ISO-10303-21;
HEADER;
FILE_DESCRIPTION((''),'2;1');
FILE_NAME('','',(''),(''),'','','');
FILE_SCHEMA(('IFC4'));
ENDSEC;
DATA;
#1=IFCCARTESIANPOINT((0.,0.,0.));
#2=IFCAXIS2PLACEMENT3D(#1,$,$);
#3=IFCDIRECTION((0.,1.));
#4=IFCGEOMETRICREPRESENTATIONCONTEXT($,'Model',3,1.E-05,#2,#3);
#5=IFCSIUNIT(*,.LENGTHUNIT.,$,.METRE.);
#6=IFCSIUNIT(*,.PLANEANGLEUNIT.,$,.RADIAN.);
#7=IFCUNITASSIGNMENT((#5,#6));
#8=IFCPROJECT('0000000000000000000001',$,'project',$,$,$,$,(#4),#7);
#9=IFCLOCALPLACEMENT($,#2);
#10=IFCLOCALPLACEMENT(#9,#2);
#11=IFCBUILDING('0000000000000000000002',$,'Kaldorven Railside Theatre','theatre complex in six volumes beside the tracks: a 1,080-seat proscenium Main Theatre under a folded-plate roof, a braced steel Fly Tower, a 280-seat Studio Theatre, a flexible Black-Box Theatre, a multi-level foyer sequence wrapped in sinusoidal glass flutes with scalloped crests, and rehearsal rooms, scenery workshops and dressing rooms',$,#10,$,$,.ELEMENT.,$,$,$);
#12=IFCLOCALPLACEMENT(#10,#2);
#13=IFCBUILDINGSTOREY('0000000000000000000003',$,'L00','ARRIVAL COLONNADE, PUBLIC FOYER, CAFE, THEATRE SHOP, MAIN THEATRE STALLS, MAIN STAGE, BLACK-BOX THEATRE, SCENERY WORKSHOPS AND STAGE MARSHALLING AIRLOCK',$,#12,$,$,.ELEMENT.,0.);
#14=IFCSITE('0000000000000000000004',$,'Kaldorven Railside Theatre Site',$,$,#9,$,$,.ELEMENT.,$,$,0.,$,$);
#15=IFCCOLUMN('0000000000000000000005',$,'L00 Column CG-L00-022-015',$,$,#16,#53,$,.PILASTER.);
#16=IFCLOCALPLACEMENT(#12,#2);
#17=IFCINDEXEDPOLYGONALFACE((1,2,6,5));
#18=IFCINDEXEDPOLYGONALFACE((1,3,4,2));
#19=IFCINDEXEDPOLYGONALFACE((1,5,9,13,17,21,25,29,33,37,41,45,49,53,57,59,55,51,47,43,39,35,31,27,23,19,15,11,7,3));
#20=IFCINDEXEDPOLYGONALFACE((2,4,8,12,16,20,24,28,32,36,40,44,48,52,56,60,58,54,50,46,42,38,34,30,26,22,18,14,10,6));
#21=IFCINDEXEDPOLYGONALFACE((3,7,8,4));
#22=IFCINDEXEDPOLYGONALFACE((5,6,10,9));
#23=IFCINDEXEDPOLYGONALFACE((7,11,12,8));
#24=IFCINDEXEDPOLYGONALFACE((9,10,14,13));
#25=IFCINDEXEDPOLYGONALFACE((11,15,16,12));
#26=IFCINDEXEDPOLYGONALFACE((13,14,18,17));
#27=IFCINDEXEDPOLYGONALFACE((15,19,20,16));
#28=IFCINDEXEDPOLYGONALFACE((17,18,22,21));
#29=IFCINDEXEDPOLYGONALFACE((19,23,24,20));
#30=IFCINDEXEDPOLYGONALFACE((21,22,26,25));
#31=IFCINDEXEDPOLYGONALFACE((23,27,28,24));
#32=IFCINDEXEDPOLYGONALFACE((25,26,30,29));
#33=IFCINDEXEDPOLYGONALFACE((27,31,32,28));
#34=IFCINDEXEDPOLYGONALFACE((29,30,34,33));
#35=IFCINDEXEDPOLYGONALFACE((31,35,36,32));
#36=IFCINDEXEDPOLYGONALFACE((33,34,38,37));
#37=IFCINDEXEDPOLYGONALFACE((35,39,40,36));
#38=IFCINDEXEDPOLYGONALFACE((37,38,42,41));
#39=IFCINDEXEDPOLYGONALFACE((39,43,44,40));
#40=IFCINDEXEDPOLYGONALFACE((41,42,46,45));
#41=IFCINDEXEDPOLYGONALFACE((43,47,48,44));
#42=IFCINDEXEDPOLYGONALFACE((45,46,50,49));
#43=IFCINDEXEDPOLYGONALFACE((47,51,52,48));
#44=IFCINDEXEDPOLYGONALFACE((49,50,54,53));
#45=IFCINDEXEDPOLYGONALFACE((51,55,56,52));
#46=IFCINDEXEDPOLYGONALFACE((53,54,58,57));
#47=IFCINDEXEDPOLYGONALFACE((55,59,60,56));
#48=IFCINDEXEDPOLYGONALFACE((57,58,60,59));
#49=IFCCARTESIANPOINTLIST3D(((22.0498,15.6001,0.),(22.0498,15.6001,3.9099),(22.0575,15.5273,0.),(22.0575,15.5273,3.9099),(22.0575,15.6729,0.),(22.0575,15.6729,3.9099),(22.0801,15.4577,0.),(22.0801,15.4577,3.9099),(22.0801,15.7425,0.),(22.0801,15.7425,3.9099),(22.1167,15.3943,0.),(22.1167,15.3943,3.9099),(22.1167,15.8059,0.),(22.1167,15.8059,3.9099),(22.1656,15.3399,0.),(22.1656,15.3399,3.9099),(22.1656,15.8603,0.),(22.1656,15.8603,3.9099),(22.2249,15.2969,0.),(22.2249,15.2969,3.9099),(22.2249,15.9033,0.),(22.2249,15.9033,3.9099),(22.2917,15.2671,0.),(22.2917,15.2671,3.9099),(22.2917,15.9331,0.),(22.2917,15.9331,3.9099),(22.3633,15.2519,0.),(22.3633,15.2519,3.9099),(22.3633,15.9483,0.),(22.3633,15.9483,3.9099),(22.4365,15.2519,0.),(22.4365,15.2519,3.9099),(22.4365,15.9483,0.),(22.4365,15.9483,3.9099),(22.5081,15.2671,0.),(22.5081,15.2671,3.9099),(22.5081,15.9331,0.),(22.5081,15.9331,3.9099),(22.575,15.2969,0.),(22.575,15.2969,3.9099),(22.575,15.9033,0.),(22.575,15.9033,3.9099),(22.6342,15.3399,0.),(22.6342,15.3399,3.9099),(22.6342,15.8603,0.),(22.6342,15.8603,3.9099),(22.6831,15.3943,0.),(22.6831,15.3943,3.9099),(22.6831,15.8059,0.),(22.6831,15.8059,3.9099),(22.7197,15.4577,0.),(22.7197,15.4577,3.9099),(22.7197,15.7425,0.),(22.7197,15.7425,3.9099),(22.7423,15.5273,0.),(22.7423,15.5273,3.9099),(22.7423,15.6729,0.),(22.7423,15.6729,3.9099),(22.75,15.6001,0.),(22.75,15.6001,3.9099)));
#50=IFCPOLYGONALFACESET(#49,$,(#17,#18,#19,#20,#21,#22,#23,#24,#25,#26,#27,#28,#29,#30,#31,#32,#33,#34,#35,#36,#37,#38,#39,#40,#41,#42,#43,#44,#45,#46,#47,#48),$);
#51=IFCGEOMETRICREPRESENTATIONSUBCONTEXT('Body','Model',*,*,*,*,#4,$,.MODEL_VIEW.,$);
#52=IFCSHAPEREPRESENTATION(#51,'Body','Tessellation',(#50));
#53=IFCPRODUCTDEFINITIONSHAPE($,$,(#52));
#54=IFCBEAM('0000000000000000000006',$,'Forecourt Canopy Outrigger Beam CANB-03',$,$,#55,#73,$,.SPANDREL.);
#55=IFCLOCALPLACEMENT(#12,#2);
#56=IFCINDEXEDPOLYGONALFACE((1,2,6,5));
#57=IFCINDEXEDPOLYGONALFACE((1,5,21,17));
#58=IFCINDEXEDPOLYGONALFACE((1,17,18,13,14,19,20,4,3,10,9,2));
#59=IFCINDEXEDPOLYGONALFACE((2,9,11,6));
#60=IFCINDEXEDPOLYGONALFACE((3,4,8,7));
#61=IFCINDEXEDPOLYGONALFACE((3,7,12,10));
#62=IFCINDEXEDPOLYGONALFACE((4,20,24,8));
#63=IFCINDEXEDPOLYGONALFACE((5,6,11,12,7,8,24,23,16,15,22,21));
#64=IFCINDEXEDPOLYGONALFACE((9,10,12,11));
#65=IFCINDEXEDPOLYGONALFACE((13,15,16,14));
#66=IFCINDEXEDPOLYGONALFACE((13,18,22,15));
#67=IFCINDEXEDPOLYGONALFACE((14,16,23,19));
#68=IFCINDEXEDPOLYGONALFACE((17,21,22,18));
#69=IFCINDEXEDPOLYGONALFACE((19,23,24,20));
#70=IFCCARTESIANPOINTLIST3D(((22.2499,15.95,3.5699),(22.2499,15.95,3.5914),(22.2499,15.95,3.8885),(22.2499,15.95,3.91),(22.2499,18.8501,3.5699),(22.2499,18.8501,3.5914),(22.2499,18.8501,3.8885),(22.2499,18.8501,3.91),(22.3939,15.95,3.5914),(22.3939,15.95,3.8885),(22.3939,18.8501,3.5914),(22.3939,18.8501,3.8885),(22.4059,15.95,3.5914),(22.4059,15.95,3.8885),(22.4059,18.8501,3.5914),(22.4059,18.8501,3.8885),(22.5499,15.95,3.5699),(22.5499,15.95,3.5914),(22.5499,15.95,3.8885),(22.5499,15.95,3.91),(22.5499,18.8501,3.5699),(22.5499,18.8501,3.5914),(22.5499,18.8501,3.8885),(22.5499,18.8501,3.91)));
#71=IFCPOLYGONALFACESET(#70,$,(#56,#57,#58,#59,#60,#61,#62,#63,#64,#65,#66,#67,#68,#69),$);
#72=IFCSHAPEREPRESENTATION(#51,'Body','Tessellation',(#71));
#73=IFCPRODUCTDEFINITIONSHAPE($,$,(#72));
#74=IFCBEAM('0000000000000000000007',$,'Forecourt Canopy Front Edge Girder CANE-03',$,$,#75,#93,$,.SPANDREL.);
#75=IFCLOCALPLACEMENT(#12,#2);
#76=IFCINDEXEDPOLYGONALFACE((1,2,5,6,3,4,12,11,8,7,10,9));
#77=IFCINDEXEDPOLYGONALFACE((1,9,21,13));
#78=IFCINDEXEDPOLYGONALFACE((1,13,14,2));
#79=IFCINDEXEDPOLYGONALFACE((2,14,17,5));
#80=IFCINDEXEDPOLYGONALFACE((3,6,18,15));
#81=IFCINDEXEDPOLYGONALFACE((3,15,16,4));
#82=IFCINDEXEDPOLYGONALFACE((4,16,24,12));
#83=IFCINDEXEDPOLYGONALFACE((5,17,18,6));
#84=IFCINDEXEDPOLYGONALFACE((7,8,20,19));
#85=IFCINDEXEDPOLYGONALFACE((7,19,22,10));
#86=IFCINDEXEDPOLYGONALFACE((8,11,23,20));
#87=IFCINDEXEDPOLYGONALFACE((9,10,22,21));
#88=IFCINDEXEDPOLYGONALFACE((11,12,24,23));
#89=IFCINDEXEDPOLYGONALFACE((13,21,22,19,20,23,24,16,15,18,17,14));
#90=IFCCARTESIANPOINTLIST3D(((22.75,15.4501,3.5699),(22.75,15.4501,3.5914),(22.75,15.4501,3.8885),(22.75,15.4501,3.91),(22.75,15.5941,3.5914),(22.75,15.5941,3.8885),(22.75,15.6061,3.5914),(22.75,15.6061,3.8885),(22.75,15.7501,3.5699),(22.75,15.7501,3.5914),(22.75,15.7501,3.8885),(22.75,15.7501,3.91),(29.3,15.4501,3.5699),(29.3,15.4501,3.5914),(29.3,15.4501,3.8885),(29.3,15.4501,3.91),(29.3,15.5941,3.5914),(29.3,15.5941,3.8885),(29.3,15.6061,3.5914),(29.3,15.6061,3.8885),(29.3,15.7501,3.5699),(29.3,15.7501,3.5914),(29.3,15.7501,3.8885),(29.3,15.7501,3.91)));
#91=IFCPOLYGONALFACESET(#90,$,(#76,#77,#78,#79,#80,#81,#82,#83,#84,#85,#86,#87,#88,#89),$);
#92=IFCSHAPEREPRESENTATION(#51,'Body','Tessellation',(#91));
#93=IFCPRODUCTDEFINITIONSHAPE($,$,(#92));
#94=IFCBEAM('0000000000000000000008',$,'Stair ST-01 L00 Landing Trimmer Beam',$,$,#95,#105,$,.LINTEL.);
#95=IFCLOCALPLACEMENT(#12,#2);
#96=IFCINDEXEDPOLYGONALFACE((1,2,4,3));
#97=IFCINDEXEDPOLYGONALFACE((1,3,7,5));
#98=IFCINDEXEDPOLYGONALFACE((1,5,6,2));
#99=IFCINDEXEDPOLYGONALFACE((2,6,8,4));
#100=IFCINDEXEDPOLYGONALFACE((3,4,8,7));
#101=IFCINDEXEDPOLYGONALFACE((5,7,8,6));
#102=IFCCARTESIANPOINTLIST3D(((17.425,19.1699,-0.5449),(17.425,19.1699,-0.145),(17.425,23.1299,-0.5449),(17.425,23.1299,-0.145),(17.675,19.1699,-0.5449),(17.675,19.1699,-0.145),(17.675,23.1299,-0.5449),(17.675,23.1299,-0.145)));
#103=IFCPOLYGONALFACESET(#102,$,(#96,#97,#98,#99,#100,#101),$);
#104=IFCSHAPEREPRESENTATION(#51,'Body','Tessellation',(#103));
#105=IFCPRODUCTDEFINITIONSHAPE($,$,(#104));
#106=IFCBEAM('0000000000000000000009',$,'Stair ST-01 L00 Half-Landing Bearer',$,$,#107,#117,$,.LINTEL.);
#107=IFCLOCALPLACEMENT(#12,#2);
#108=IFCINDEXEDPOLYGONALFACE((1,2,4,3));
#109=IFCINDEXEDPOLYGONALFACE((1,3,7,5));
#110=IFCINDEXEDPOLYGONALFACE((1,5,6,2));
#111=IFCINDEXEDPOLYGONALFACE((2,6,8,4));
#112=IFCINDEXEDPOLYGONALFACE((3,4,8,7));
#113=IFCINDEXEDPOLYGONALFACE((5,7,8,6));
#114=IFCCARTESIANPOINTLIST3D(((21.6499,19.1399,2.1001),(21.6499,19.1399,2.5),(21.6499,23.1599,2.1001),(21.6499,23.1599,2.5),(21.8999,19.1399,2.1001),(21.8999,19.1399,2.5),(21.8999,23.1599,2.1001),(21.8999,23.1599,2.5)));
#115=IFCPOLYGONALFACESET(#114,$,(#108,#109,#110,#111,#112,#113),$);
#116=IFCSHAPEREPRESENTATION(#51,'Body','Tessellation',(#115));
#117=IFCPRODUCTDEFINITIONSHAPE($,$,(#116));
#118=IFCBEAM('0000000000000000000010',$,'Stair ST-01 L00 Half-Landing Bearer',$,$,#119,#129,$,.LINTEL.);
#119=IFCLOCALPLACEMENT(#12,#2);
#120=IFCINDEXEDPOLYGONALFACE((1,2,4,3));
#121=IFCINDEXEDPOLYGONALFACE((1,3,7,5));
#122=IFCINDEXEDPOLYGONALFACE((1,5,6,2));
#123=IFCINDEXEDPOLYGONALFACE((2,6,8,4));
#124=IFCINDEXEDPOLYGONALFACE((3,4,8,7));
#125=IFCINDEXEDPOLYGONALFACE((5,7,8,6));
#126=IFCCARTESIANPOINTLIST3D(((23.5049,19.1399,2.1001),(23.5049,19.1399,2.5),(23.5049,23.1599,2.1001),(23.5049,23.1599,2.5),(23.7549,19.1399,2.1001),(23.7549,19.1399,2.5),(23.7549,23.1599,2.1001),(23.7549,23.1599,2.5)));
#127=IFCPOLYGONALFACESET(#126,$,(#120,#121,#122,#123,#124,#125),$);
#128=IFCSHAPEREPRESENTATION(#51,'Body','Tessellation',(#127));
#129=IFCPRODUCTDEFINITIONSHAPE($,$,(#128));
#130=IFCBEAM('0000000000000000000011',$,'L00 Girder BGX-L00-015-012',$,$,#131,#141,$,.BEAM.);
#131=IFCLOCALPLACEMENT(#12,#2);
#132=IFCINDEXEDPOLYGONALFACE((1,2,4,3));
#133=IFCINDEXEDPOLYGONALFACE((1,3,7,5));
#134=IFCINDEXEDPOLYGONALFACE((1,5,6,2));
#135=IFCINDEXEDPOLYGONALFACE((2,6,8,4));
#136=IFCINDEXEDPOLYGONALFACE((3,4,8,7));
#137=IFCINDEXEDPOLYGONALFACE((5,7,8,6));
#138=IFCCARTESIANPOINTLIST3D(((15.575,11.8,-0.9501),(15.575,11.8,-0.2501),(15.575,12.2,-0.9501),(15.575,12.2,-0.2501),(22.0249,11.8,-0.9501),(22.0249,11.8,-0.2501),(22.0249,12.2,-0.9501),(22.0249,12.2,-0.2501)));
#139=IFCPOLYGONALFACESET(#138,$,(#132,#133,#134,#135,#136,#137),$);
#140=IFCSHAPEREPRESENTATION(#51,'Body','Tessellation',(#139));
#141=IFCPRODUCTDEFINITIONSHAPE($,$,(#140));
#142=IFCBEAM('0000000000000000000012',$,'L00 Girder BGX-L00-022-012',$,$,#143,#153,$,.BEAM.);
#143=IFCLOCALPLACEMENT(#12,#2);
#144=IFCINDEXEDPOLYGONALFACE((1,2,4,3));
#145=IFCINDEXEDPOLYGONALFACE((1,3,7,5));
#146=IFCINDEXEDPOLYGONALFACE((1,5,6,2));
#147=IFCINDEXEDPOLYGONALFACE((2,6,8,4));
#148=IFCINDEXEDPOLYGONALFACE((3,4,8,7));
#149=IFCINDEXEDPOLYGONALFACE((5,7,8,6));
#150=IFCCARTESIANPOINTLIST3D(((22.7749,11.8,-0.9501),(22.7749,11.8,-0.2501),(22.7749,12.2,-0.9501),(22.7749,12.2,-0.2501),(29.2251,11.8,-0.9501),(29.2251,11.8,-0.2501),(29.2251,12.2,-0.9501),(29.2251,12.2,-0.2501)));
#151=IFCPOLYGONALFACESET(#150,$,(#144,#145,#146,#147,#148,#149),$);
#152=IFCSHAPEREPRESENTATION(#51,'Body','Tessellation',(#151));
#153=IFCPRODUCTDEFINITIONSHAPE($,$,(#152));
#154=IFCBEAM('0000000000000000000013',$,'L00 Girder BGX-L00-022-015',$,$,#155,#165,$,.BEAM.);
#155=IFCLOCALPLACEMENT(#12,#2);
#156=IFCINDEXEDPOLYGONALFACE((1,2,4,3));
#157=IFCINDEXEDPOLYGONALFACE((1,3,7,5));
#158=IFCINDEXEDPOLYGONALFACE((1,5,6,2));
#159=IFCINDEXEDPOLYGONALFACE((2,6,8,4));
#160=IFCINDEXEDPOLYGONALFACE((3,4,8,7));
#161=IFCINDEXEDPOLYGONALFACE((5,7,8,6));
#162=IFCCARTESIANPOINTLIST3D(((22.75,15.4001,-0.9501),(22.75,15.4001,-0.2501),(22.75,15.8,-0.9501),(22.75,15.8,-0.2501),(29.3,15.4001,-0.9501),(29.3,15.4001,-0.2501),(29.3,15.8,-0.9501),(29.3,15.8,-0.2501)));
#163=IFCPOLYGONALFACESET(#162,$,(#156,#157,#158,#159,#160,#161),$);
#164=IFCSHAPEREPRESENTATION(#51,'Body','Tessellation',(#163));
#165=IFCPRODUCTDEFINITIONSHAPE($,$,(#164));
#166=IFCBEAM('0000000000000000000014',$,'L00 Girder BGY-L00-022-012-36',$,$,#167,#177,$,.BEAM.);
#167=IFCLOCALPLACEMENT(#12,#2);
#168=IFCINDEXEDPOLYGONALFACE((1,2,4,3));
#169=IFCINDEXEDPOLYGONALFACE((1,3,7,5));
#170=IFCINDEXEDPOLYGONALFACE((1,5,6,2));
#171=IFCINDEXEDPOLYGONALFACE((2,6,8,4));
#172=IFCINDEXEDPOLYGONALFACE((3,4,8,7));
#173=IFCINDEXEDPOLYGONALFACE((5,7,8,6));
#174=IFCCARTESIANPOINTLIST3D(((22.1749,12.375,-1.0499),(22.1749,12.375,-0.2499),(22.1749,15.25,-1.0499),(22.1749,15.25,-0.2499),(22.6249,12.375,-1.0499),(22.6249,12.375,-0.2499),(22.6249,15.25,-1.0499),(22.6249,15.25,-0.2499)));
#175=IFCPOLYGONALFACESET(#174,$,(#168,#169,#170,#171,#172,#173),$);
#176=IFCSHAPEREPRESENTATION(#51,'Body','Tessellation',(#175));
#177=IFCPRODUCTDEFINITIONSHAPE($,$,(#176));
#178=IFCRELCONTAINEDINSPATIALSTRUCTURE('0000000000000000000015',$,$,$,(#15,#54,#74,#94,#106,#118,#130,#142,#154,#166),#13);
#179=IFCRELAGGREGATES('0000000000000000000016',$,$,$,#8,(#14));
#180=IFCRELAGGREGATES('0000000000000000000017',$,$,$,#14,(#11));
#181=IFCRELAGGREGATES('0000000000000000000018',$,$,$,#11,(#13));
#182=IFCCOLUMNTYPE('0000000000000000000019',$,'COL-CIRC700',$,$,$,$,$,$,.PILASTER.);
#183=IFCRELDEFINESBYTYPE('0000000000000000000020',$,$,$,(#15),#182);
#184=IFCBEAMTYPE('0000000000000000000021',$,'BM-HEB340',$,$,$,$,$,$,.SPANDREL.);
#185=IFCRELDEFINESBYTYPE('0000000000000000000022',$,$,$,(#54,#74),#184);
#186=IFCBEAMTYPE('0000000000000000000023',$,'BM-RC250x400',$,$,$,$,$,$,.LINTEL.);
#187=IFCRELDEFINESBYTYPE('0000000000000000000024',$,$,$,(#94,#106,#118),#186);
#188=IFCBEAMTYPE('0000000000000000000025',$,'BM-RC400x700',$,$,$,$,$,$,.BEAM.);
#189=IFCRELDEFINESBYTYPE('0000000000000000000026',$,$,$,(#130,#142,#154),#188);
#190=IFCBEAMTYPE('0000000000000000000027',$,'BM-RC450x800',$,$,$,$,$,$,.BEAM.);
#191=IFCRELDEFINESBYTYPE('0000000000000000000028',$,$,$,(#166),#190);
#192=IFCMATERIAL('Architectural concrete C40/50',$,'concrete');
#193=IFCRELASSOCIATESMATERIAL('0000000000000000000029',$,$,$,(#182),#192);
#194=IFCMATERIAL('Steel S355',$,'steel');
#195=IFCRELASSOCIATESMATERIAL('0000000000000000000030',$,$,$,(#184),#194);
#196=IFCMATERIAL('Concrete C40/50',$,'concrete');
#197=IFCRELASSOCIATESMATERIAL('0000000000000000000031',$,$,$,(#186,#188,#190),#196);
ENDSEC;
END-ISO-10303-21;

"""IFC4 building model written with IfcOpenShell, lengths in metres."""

from ifc_helpers import new_model, si_unit, direction, frame, origin, origin_2d, place, context, subcontext, project, spatial, rectangle, circle, i_section, extrude, material, material_profile, profile_set, type_object, element, save


model = new_model("IFC4")

# Units and contexts
model_context = context("Model", 3, precision=1e-05, world=origin(), true_north=direction((0.0, 1.0)))
body_context = subcontext(model_context, "Body", "Model", "MODEL_VIEW")
ifc_project = project(units=[si_unit("LENGTHUNIT", "METRE"), si_unit("PLANEANGLEUNIT", "RADIAN")], contexts=[model_context])

# Site, building, storey
site_placement = place(None, origin())
site = spatial("IfcSite", under=ifc_project, at=site_placement, Name="Kaldorven Railside Theatre Site", CompositionType="ELEMENT", RefElevation=0.0)
building_placement = place(site_placement, origin())
building = spatial("IfcBuilding", under=site, at=building_placement, Name="Kaldorven Railside Theatre", Description="theatre complex in six volumes beside the tracks: a 1,080-seat proscenium Main Theatre under a folded-plate roof, a braced steel Fly Tower, a 280-seat Studio Theatre, a flexible Black-Box Theatre, a multi-level foyer sequence wrapped in sinusoidal glass flutes with scalloped crests, and rehearsal rooms, scenery workshops and dressing rooms", CompositionType="ELEMENT")
storey_placement = place(building_placement, origin())
storey = spatial("IfcBuildingStorey", under=building, at=storey_placement, Name="L00", Description="ARRIVAL COLONNADE, PUBLIC FOYER, CAFE, THEATRE SHOP, MAIN THEATRE STALLS, MAIN STAGE, BLACK-BOX THEATRE, SCENERY WORKSHOPS AND STAGE MARSHALLING AIRLOCK", CompositionType="ELEMENT", Elevation=0.0)

# Column
ifc_material_1 = material(Name="Architectural concrete C40/50", Category="concrete")
ifc_material_profile_1 = material_profile(ifc_material_1, circle(Radius=0.3501, at=origin_2d()), Name="RC D700")
ifc_profile_set_1 = profile_set([ifc_material_profile_1], Name="Architectural concrete C40/50")
column_type = type_object("IfcColumnType", Name="COL-CIRC700", PredefinedType="PILASTER", material=ifc_profile_set_1)
column_placement = place(storey_placement, frame((22.3999, 15.6001, 0.0), z_axis=(0.0, 0.0, 1.0), x_axis=(1.0, 0.0, 0.0)))
element("IfcColumn", 1, at=column_placement, inside=storey, type_object=column_type, Name="L00 Column CG-L00-022-015", PredefinedType="PILASTER", context=body_context, shape_type="SweptSolid", body=[
    extrude(circle(Radius=0.3501, at=origin_2d()), origin(), (0.0, 0.0, 1.0), 3.9099),
])

# Beams
ifc_material_2 = material(Name="Steel S355", Category="steel")
ifc_material_profile_2 = material_profile(ifc_material_2, i_section(OverallWidth=0.3, OverallDepth=0.3401, WebThickness=0.012, FlangeThickness=0.0215, at=origin_2d()), Name="HEB 340")
ifc_profile_set_2 = profile_set([ifc_material_profile_2], Name="Steel S355")
beam_type_1 = type_object("IfcBeamType", Name="BM-HEB340", PredefinedType="SPANDREL", material=ifc_profile_set_2)
beam_1_placement = place(storey_placement, frame((22.3999, 15.95, 3.74), z_axis=(0.0, 1.0, 0.0), x_axis=(-1.0, 0.0, 0.0)))
element("IfcBeam", 2, at=beam_1_placement, inside=storey, type_object=beam_type_1, Name="Forecourt Canopy Outrigger Beam CANB-03", PredefinedType="SPANDREL", context=body_context, shape_type="SweptSolid", body=[
    extrude(i_section(OverallWidth=0.3, OverallDepth=0.3401, WebThickness=0.012, FlangeThickness=0.0215, at=origin_2d()), origin(), (0.0, 0.0, 1.0), 2.9001),
])
beam_2_placement = place(storey_placement, frame((22.75, 15.6001, 3.74), z_axis=(1.0, 0.0, 0.0), x_axis=(0.0, 1.0, 0.0)))
element("IfcBeam", 3, at=beam_2_placement, inside=storey, type_object=beam_type_1, Name="Forecourt Canopy Front Edge Girder CANE-03", PredefinedType="SPANDREL", context=body_context, shape_type="SweptSolid", body=[
    extrude(i_section(OverallWidth=0.3, OverallDepth=0.3401, WebThickness=0.012, FlangeThickness=0.0215, at=origin_2d()), origin(), (0.0, 0.0, 1.0), 6.55),
])
ifc_material_3 = material(Name="Concrete C40/50", Category="concrete")
ifc_material_profile_3 = material_profile(ifc_material_3, rectangle(XDim=0.25, YDim=0.3999, at=origin_2d()), Name="RC 250x400")
ifc_profile_set_3 = profile_set([ifc_material_profile_3], Name="Concrete C40/50")
beam_type_2 = type_object("IfcBeamType", Name="BM-RC250x400", PredefinedType="LINTEL", material=ifc_profile_set_3)
beam_3_placement = place(storey_placement, frame((17.55, 19.1699, -0.345), z_axis=(0.0, 1.0, 0.0), x_axis=(-1.0, 0.0, 0.0)))
element("IfcBeam", 4, at=beam_3_placement, inside=storey, type_object=beam_type_2, Name="Stair ST-01 L00 Landing Trimmer Beam", PredefinedType="LINTEL", context=body_context, shape_type="SweptSolid", body=[
    extrude(rectangle(XDim=0.25, YDim=0.3999, at=origin_2d()), origin(), (0.0, 0.0, 1.0), 3.96),
])
for number, where, z_axis, x_axis, name in (
    (5, (21.7749, 19.1399, 2.3), (0.0, 1.0, 0.0), (-1.0, 0.0, 0.0), "Stair ST-01 L00 Half-Landing Bearer"),
    (6, (23.6299, 19.1399, 2.3), (0.0, 1.0, 0.0), (-1.0, 0.0, 0.0), "Stair ST-01 L00 Half-Landing Bearer"),
):
    element("IfcBeam", number, at=place(storey_placement, frame(where, z_axis=z_axis, x_axis=x_axis)), inside=storey, type_object=beam_type_2, Name=name, PredefinedType="LINTEL", context=body_context, shape_type="SweptSolid", body=[
        extrude(rectangle(XDim=0.25, YDim=0.3999, at=origin_2d()), origin(), (0.0, 0.0, 1.0), 4.02),
    ])
ifc_material_profile_4 = material_profile(ifc_material_3, rectangle(XDim=0.3999, YDim=0.7, at=origin_2d()), Name="RC 400x700")
ifc_profile_set_4 = profile_set([ifc_material_profile_4], Name="Concrete C40/50")
beam_type_3 = type_object("IfcBeamType", Name="BM-RC400x700", PredefinedType="BEAM", material=ifc_profile_set_4)
beam_4_placement = place(storey_placement, frame((15.575, 12.0, -0.6001), z_axis=(1.0, 0.0, 0.0), x_axis=(0.0, 1.0, 0.0)))
element("IfcBeam", 7, at=beam_4_placement, inside=storey, type_object=beam_type_3, Name="L00 Girder BGX-L00-015-012", PredefinedType="BEAM", context=body_context, shape_type="SweptSolid", body=[
    extrude(rectangle(XDim=0.3999, YDim=0.7, at=origin_2d()), origin(), (0.0, 0.0, 1.0), 6.45),
])
beam_5_placement = place(storey_placement, frame((22.7749, 12.0, -0.6001), z_axis=(1.0, 0.0, 0.0), x_axis=(0.0, 1.0, 0.0)))
element("IfcBeam", 8, at=beam_5_placement, inside=storey, type_object=beam_type_3, Name="L00 Girder BGX-L00-022-012", PredefinedType="BEAM", context=body_context, shape_type="SweptSolid", body=[
    extrude(rectangle(XDim=0.3999, YDim=0.7, at=origin_2d()), origin(), (0.0, 0.0, 1.0), 6.4502),
])
beam_6_placement = place(storey_placement, frame((22.75, 15.6001, -0.6001), z_axis=(1.0, 0.0, 0.0), x_axis=(0.0, 1.0, 0.0)))
element("IfcBeam", 9, at=beam_6_placement, inside=storey, type_object=beam_type_3, Name="L00 Girder BGX-L00-022-015", PredefinedType="BEAM", context=body_context, shape_type="SweptSolid", body=[
    extrude(rectangle(XDim=0.3999, YDim=0.7, at=origin_2d()), origin(), (0.0, 0.0, 1.0), 6.55),
])
ifc_material_profile_5 = material_profile(ifc_material_3, rectangle(XDim=0.45, YDim=0.8, at=origin_2d()), Name="RC 450x800")
ifc_profile_set_5 = profile_set([ifc_material_profile_5], Name="Concrete C40/50")
beam_type_4 = type_object("IfcBeamType", Name="BM-RC450x800", PredefinedType="BEAM", material=ifc_profile_set_5)
beam_7_placement = place(storey_placement, frame((22.3999, 12.375, -0.6499), z_axis=(0.0, 1.0, 0.0), x_axis=(-1.0, 0.0, 0.0)))
element("IfcBeam", 10, at=beam_7_placement, inside=storey, type_object=beam_type_4, Name="L00 Girder BGY-L00-022-012-36", PredefinedType="BEAM", context=body_context, shape_type="SweptSolid", body=[
    extrude(rectangle(XDim=0.45, YDim=0.8, at=origin_2d()), origin(), (0.0, 0.0, 1.0), 2.875),
])

save(model, "model.ifc")
